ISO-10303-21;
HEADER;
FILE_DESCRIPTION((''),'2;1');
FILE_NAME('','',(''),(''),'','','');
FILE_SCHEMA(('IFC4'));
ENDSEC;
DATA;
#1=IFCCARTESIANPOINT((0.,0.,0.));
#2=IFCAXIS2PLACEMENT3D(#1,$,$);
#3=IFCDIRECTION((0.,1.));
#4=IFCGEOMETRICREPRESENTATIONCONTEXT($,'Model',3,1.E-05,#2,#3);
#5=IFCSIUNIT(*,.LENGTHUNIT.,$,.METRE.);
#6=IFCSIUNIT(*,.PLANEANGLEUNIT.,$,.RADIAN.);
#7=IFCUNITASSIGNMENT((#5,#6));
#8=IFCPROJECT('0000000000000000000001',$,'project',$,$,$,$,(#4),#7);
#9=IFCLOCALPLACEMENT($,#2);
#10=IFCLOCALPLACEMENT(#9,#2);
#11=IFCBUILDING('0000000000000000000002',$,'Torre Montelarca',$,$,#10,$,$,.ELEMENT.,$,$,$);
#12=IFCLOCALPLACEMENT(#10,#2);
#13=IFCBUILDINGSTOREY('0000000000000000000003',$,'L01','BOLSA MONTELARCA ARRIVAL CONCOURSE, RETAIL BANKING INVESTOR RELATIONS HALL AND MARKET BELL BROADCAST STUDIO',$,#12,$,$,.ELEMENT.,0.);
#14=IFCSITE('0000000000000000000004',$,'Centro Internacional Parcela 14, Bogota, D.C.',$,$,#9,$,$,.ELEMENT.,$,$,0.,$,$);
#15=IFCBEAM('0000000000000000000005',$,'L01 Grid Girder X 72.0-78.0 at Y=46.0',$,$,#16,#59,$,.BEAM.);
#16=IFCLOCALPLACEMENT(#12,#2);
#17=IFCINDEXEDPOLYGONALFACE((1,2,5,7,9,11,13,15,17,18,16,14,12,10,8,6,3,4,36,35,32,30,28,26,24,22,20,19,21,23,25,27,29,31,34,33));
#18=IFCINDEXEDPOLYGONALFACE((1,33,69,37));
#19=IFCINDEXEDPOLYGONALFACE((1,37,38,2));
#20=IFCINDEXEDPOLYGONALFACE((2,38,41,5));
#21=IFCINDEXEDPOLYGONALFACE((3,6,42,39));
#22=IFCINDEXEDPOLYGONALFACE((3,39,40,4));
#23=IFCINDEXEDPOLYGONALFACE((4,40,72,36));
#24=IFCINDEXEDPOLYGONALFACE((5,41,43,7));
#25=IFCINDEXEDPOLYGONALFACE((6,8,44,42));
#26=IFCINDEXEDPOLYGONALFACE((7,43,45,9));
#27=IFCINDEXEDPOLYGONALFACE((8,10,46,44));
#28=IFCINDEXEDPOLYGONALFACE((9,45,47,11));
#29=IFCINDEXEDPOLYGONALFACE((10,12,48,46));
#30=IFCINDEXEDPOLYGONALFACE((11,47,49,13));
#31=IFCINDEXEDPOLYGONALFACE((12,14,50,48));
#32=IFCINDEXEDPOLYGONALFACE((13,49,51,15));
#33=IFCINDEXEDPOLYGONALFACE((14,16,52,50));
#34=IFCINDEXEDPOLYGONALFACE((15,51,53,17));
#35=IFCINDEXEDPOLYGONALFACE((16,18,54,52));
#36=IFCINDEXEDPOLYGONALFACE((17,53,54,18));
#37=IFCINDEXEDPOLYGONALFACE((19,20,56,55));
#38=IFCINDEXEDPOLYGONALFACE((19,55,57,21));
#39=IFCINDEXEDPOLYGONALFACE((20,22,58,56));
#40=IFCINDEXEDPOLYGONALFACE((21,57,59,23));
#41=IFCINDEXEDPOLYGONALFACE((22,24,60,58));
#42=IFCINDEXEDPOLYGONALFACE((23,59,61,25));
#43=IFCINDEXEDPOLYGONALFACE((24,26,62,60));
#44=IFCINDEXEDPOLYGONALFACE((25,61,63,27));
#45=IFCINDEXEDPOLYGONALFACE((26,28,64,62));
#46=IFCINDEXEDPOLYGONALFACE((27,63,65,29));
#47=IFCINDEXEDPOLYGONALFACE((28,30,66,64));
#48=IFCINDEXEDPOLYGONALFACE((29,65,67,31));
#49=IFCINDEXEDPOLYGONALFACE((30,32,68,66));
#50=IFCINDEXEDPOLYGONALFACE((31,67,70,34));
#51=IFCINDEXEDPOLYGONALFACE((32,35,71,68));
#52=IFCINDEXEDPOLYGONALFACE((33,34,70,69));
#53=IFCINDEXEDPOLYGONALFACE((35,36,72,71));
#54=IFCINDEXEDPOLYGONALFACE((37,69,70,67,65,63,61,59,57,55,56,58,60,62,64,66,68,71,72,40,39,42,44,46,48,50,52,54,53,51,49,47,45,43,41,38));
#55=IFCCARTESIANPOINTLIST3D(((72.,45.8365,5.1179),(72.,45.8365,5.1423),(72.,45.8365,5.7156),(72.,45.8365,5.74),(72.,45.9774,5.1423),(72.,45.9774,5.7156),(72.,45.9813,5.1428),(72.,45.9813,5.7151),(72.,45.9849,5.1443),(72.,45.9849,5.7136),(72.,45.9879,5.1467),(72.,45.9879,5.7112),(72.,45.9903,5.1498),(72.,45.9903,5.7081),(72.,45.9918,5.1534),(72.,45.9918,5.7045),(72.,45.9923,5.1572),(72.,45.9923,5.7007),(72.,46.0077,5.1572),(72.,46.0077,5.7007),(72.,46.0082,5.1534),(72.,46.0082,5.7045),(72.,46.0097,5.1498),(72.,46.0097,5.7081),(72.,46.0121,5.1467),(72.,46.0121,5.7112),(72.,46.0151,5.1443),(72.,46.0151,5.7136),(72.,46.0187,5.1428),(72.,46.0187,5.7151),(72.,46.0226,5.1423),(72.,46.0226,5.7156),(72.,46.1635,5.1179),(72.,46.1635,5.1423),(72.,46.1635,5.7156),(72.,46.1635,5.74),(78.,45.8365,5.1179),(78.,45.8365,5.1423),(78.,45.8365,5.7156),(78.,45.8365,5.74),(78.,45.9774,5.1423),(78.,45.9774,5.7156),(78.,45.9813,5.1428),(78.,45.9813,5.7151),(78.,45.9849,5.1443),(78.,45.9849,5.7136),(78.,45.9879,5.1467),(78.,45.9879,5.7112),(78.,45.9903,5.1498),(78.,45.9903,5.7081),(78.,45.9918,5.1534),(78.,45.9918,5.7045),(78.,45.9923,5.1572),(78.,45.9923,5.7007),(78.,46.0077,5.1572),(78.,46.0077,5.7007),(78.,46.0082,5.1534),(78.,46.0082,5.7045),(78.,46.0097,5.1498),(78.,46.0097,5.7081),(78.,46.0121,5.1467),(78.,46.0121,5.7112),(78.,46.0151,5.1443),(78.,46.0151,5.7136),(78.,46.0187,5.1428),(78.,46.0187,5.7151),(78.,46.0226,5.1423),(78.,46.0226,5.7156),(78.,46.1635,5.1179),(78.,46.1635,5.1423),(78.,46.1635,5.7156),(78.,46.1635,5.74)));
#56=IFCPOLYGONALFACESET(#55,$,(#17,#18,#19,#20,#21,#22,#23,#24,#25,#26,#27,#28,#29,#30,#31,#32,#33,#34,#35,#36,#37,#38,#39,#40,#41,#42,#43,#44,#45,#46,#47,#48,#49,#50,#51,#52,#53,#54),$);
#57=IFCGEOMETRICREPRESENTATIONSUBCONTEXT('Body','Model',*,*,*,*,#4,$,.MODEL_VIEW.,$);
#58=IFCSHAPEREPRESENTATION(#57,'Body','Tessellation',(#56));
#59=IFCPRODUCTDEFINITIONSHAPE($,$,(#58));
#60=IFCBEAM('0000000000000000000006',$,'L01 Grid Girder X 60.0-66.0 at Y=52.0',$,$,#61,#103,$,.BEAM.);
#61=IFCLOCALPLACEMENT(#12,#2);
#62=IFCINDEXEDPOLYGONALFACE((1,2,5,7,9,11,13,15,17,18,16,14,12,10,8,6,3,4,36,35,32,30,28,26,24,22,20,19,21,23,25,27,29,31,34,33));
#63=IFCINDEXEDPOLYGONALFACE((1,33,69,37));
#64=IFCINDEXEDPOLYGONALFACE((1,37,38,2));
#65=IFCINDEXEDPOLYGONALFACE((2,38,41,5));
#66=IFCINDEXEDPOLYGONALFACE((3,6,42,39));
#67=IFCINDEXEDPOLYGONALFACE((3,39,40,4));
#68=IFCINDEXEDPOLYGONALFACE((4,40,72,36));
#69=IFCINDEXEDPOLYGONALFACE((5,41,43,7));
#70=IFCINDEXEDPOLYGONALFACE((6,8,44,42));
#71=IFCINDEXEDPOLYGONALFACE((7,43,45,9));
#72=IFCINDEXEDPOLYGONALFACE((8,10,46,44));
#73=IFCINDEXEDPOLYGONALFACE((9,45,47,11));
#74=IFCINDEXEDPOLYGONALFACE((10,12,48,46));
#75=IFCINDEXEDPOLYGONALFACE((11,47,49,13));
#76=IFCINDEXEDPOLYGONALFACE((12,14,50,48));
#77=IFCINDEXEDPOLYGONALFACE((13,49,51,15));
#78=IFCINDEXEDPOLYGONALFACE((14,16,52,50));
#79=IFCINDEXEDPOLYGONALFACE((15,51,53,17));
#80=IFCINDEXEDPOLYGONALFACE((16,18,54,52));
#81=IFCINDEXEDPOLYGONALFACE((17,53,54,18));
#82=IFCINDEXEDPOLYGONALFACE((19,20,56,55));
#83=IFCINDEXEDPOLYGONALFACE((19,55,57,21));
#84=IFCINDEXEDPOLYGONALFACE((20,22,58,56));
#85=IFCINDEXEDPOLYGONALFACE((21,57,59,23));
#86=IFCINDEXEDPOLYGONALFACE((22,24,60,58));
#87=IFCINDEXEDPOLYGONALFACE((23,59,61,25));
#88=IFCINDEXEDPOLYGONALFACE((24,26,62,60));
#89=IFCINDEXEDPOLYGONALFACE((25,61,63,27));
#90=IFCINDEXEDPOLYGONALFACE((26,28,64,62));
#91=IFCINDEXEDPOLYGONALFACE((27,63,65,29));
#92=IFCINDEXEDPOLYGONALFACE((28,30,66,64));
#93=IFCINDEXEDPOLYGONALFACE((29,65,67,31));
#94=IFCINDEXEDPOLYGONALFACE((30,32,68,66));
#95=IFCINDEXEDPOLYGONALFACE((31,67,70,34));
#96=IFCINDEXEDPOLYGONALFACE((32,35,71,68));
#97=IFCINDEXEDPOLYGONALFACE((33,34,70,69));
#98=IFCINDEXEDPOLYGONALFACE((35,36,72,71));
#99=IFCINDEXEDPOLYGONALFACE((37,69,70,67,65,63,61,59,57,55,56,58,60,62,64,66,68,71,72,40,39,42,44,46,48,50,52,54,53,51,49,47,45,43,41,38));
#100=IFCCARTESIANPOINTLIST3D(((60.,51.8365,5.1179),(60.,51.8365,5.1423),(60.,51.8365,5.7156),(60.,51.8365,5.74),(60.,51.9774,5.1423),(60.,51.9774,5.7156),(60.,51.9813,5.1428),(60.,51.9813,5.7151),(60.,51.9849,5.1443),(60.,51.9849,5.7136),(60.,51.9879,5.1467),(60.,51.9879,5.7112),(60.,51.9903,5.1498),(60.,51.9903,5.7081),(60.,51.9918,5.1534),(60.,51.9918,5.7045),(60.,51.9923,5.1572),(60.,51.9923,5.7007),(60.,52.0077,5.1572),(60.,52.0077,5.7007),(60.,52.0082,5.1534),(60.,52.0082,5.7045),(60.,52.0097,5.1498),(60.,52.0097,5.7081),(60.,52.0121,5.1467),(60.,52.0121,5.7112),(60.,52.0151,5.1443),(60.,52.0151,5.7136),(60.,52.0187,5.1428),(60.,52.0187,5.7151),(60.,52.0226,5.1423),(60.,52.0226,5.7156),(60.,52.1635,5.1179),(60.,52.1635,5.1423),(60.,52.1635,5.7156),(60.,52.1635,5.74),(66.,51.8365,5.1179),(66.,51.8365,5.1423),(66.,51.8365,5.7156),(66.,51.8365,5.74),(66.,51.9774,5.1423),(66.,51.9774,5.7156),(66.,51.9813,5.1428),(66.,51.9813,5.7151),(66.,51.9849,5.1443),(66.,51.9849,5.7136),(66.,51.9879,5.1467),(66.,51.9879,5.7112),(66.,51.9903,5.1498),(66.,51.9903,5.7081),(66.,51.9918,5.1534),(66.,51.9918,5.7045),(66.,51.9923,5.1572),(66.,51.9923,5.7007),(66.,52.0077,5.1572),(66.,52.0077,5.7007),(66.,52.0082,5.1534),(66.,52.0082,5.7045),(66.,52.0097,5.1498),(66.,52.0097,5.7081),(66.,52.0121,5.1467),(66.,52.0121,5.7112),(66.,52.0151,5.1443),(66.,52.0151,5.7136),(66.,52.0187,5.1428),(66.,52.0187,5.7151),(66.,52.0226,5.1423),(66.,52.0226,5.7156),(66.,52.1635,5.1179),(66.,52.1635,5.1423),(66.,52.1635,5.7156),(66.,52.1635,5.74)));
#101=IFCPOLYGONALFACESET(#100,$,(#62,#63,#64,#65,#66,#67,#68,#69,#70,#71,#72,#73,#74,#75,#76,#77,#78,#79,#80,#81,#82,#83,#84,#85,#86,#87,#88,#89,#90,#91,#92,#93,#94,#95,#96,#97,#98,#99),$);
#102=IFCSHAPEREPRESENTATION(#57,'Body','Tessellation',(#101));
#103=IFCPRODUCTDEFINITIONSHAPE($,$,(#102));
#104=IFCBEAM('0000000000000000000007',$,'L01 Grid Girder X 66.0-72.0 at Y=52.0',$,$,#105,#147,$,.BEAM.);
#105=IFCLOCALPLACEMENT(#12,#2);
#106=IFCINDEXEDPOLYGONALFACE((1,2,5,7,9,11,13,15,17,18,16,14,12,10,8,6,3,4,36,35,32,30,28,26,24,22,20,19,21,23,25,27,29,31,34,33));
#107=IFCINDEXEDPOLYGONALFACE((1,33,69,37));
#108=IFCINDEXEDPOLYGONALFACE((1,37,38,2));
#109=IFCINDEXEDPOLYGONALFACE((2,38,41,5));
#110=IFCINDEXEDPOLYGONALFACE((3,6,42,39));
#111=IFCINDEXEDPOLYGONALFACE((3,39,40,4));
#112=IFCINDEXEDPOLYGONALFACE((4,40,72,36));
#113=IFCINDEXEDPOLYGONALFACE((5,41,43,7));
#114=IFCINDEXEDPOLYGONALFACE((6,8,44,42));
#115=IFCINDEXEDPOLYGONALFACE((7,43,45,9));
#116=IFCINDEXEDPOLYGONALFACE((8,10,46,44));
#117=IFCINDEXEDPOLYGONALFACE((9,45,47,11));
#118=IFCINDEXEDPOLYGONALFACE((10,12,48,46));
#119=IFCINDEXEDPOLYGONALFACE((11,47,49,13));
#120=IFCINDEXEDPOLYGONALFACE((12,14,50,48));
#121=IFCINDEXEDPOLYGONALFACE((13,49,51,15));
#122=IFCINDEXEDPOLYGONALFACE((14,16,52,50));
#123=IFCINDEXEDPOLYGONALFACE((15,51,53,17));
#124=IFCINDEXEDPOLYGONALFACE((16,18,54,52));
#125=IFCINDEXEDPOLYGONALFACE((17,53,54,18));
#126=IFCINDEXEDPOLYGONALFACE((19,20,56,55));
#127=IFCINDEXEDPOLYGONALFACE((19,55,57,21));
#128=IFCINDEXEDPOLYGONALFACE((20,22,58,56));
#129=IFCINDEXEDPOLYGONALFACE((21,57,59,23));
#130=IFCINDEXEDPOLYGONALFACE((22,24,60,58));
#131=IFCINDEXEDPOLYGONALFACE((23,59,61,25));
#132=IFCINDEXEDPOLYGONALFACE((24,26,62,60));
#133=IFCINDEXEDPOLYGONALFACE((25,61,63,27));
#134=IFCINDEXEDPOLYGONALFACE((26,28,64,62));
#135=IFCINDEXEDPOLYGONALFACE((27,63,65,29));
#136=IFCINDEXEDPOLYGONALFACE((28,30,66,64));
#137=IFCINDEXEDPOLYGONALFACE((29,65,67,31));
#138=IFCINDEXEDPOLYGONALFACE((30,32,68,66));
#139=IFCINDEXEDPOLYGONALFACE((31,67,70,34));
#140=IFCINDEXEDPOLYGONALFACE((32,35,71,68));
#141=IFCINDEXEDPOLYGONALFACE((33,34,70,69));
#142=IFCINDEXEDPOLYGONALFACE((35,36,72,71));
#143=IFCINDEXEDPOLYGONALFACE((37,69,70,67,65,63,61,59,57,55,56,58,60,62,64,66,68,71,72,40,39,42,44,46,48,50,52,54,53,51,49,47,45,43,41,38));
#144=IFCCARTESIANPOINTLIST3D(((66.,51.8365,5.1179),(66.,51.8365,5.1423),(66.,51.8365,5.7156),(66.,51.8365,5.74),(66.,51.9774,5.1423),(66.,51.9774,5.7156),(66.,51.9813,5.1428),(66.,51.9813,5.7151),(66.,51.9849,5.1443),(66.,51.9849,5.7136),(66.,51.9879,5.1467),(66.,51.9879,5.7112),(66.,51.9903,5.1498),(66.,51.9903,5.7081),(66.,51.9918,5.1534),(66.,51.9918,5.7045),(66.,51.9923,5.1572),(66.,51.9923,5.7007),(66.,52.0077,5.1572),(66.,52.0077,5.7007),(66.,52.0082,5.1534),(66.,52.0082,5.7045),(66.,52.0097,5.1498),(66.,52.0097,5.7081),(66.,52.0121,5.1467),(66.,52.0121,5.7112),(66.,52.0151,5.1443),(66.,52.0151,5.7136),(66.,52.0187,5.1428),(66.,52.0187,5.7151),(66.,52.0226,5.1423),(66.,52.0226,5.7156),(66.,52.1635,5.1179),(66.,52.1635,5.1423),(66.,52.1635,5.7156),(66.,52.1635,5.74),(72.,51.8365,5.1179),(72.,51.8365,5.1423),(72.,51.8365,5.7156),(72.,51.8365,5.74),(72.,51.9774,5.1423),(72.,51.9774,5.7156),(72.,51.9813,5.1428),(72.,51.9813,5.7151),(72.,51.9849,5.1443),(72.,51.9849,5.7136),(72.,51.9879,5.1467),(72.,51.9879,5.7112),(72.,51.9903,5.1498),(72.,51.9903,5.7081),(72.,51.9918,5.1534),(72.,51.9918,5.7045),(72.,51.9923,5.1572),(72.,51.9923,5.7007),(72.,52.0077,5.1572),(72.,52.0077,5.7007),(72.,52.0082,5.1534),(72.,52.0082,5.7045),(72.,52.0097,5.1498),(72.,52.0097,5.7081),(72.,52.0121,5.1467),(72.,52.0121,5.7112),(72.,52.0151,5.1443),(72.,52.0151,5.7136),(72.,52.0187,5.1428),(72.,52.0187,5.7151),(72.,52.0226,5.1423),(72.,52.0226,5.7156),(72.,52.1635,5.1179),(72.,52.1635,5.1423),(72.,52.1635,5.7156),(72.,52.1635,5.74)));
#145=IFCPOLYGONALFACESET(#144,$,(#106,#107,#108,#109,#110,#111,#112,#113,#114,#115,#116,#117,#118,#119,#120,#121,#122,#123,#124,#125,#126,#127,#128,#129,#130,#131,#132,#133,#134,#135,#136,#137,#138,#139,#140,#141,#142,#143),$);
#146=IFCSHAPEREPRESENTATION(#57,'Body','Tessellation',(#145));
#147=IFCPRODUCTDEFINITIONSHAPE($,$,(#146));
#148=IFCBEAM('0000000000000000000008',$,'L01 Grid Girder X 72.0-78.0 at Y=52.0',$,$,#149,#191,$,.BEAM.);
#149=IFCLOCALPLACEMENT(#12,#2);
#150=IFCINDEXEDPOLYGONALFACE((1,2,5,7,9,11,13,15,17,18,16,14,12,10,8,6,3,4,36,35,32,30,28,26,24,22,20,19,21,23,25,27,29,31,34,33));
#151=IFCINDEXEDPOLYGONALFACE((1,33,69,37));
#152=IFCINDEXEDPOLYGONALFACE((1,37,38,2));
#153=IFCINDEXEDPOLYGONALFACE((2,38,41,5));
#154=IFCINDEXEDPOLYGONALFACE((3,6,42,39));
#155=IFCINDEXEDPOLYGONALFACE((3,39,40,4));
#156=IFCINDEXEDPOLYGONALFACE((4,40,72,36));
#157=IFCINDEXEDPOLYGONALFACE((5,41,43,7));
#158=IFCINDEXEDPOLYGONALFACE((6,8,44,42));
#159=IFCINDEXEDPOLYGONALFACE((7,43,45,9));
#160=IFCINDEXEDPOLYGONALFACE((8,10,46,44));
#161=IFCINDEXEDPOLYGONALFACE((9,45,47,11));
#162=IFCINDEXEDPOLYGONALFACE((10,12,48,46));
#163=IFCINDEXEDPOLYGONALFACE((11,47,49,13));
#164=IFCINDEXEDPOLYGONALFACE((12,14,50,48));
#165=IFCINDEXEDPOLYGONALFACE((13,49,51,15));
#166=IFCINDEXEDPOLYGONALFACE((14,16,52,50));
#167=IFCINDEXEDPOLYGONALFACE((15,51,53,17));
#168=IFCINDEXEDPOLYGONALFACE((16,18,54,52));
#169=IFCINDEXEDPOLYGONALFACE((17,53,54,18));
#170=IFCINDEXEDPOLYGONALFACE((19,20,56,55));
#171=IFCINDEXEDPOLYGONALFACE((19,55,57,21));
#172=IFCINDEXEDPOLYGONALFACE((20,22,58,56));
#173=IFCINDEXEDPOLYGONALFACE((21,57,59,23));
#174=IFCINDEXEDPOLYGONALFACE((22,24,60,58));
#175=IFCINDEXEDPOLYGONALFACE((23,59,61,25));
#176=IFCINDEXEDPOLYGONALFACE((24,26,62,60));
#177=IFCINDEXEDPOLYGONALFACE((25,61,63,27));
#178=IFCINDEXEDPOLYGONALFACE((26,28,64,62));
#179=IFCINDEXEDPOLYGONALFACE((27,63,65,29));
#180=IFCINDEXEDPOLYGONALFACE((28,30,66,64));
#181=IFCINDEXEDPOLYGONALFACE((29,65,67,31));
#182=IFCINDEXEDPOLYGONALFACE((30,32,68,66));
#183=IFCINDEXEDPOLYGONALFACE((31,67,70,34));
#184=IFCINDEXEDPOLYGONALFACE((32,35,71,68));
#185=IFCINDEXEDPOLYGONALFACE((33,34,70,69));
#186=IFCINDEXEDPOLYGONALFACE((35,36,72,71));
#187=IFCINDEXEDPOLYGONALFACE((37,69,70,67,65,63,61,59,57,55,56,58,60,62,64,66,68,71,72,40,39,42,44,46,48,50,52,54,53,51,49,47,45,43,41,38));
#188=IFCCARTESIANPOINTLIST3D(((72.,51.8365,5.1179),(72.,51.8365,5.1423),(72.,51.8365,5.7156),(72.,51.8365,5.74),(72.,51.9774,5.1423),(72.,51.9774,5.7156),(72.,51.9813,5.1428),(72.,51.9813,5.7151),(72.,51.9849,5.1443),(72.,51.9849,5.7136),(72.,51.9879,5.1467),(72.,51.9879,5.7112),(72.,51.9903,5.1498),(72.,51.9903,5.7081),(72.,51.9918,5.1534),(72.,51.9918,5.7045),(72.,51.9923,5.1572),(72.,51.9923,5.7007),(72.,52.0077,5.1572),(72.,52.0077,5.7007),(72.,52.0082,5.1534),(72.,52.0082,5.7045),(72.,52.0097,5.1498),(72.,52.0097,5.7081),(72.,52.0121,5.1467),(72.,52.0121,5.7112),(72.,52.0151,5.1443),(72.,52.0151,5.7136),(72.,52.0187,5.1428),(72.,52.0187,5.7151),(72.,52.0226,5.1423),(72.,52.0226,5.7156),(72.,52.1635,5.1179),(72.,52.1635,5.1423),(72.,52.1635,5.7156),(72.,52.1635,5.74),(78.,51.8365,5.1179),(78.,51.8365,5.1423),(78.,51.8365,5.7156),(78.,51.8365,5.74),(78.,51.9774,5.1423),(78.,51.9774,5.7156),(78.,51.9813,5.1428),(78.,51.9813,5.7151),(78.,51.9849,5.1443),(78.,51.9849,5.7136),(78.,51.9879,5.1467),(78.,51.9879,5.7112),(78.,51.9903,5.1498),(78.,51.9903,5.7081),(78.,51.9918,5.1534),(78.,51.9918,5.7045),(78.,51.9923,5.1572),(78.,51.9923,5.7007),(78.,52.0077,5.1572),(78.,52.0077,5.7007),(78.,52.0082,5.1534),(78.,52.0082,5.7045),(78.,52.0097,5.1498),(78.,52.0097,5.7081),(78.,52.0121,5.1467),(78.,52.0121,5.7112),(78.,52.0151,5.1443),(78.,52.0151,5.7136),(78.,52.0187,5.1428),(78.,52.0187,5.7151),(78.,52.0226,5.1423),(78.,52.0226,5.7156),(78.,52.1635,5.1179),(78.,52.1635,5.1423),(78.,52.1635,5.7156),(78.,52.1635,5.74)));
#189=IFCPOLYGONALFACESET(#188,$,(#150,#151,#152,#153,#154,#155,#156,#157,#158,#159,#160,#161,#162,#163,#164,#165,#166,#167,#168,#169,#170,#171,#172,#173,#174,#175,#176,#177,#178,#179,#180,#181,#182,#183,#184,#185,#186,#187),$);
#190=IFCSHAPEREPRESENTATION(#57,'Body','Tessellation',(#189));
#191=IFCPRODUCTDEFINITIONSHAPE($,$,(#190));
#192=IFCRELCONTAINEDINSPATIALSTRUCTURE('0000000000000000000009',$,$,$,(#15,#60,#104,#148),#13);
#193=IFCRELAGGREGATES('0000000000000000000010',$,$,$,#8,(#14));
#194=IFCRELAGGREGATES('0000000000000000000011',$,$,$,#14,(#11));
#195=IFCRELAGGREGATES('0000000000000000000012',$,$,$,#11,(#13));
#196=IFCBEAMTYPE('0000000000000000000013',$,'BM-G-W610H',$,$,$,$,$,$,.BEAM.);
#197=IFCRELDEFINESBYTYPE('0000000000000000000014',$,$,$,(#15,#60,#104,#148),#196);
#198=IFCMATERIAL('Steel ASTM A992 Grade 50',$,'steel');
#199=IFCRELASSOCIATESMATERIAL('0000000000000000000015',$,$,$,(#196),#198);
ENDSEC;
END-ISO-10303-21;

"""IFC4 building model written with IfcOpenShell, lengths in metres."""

from ifc_helpers import new_model, si_unit, direction, frame, origin, origin_2d, place, context, subcontext, project, spatial, i_section, extrude, source, transform, mapped, material, material_profile, profile_set, type_object, element, save


model = new_model("IFC4")

# Units and contexts
model_context = context("Model", 3, precision=1e-05, world=origin(), true_north=direction((0.0, 1.0)))
body_context = subcontext(model_context, "Body", "Model", "MODEL_VIEW")
ifc_project = project(units=[si_unit("LENGTHUNIT", "METRE"), si_unit("PLANEANGLEUNIT", "RADIAN")], contexts=[model_context])

# Site, building, storey
site_placement = place(None, origin())
site = spatial("IfcSite", under=ifc_project, at=site_placement, Name="Centro Internacional Parcela 14, Bogota, D.C.", CompositionType="ELEMENT", RefElevation=0.0)
building_placement = place(site_placement, origin())
building = spatial("IfcBuilding", under=site, at=building_placement, Name="Torre Montelarca", CompositionType="ELEMENT")
storey_placement = place(building_placement, origin())
storey = spatial("IfcBuildingStorey", under=building, at=storey_placement, Name="L01", Description="BOLSA MONTELARCA ARRIVAL CONCOURSE, RETAIL BANKING INVESTOR RELATIONS HALL AND MARKET BELL BROADCAST STUDIO", CompositionType="ELEMENT", Elevation=0.0)

# Beams
ifc_material_1 = material(Name="Steel ASTM A992 Grade 50", Category="steel")
ifc_material_profile_1 = material_profile(ifc_material_1, i_section(OverallWidth=0.3269, OverallDepth=0.6221, WebThickness=0.0154, FlangeThickness=0.0244, FilletRadius=0.0149, at=origin_2d()), Name="W610X195", Category="steel")
ifc_profile_set_1 = profile_set([ifc_material_profile_1], Name="Steel ASTM A992 Grade 50")
beam_type_1 = type_object("IfcBeamType", Name="BM-G-W610H", PredefinedType="BEAM", material=ifc_profile_set_1)
shared_shape_1 = source(origin(), body_context, "Body", "SweptSolid", [
    extrude(i_section(OverallWidth=0.3269, OverallDepth=0.6221, WebThickness=0.0154, FlangeThickness=0.0244, FilletRadius=0.0149, at=origin_2d()), origin(), (0.0, 0.0, 1.0), 6.0),
])
for number, where, z_axis, x_axis, name in (
    (1, (72.0, 46.0, 5.429), (1.0, 0.0, 0.0), (0.0, 1.0, 0.0), "L01 Grid Girder X 72.0-78.0 at Y=46.0"),
    (2, (60.0, 52.0, 5.429), (1.0, 0.0, 0.0), (0.0, 1.0, 0.0), "L01 Grid Girder X 60.0-66.0 at Y=52.0"),
    (3, (66.0, 52.0, 5.429), (1.0, 0.0, 0.0), (0.0, 1.0, 0.0), "L01 Grid Girder X 66.0-72.0 at Y=52.0"),
    (4, (72.0, 52.0, 5.429), (1.0, 0.0, 0.0), (0.0, 1.0, 0.0), "L01 Grid Girder X 72.0-78.0 at Y=52.0"),
):
    element("IfcBeam", number, at=place(storey_placement, frame(where, z_axis=z_axis, x_axis=x_axis)), inside=storey, type_object=beam_type_1, Name=name, PredefinedType="BEAM", context=body_context, shape_type="MappedRepresentation", body=[
        mapped(shared_shape_1, transform((0.0, 0.0, 0.0), scale=1.0)),
    ])

save(model, "model.ifc")
